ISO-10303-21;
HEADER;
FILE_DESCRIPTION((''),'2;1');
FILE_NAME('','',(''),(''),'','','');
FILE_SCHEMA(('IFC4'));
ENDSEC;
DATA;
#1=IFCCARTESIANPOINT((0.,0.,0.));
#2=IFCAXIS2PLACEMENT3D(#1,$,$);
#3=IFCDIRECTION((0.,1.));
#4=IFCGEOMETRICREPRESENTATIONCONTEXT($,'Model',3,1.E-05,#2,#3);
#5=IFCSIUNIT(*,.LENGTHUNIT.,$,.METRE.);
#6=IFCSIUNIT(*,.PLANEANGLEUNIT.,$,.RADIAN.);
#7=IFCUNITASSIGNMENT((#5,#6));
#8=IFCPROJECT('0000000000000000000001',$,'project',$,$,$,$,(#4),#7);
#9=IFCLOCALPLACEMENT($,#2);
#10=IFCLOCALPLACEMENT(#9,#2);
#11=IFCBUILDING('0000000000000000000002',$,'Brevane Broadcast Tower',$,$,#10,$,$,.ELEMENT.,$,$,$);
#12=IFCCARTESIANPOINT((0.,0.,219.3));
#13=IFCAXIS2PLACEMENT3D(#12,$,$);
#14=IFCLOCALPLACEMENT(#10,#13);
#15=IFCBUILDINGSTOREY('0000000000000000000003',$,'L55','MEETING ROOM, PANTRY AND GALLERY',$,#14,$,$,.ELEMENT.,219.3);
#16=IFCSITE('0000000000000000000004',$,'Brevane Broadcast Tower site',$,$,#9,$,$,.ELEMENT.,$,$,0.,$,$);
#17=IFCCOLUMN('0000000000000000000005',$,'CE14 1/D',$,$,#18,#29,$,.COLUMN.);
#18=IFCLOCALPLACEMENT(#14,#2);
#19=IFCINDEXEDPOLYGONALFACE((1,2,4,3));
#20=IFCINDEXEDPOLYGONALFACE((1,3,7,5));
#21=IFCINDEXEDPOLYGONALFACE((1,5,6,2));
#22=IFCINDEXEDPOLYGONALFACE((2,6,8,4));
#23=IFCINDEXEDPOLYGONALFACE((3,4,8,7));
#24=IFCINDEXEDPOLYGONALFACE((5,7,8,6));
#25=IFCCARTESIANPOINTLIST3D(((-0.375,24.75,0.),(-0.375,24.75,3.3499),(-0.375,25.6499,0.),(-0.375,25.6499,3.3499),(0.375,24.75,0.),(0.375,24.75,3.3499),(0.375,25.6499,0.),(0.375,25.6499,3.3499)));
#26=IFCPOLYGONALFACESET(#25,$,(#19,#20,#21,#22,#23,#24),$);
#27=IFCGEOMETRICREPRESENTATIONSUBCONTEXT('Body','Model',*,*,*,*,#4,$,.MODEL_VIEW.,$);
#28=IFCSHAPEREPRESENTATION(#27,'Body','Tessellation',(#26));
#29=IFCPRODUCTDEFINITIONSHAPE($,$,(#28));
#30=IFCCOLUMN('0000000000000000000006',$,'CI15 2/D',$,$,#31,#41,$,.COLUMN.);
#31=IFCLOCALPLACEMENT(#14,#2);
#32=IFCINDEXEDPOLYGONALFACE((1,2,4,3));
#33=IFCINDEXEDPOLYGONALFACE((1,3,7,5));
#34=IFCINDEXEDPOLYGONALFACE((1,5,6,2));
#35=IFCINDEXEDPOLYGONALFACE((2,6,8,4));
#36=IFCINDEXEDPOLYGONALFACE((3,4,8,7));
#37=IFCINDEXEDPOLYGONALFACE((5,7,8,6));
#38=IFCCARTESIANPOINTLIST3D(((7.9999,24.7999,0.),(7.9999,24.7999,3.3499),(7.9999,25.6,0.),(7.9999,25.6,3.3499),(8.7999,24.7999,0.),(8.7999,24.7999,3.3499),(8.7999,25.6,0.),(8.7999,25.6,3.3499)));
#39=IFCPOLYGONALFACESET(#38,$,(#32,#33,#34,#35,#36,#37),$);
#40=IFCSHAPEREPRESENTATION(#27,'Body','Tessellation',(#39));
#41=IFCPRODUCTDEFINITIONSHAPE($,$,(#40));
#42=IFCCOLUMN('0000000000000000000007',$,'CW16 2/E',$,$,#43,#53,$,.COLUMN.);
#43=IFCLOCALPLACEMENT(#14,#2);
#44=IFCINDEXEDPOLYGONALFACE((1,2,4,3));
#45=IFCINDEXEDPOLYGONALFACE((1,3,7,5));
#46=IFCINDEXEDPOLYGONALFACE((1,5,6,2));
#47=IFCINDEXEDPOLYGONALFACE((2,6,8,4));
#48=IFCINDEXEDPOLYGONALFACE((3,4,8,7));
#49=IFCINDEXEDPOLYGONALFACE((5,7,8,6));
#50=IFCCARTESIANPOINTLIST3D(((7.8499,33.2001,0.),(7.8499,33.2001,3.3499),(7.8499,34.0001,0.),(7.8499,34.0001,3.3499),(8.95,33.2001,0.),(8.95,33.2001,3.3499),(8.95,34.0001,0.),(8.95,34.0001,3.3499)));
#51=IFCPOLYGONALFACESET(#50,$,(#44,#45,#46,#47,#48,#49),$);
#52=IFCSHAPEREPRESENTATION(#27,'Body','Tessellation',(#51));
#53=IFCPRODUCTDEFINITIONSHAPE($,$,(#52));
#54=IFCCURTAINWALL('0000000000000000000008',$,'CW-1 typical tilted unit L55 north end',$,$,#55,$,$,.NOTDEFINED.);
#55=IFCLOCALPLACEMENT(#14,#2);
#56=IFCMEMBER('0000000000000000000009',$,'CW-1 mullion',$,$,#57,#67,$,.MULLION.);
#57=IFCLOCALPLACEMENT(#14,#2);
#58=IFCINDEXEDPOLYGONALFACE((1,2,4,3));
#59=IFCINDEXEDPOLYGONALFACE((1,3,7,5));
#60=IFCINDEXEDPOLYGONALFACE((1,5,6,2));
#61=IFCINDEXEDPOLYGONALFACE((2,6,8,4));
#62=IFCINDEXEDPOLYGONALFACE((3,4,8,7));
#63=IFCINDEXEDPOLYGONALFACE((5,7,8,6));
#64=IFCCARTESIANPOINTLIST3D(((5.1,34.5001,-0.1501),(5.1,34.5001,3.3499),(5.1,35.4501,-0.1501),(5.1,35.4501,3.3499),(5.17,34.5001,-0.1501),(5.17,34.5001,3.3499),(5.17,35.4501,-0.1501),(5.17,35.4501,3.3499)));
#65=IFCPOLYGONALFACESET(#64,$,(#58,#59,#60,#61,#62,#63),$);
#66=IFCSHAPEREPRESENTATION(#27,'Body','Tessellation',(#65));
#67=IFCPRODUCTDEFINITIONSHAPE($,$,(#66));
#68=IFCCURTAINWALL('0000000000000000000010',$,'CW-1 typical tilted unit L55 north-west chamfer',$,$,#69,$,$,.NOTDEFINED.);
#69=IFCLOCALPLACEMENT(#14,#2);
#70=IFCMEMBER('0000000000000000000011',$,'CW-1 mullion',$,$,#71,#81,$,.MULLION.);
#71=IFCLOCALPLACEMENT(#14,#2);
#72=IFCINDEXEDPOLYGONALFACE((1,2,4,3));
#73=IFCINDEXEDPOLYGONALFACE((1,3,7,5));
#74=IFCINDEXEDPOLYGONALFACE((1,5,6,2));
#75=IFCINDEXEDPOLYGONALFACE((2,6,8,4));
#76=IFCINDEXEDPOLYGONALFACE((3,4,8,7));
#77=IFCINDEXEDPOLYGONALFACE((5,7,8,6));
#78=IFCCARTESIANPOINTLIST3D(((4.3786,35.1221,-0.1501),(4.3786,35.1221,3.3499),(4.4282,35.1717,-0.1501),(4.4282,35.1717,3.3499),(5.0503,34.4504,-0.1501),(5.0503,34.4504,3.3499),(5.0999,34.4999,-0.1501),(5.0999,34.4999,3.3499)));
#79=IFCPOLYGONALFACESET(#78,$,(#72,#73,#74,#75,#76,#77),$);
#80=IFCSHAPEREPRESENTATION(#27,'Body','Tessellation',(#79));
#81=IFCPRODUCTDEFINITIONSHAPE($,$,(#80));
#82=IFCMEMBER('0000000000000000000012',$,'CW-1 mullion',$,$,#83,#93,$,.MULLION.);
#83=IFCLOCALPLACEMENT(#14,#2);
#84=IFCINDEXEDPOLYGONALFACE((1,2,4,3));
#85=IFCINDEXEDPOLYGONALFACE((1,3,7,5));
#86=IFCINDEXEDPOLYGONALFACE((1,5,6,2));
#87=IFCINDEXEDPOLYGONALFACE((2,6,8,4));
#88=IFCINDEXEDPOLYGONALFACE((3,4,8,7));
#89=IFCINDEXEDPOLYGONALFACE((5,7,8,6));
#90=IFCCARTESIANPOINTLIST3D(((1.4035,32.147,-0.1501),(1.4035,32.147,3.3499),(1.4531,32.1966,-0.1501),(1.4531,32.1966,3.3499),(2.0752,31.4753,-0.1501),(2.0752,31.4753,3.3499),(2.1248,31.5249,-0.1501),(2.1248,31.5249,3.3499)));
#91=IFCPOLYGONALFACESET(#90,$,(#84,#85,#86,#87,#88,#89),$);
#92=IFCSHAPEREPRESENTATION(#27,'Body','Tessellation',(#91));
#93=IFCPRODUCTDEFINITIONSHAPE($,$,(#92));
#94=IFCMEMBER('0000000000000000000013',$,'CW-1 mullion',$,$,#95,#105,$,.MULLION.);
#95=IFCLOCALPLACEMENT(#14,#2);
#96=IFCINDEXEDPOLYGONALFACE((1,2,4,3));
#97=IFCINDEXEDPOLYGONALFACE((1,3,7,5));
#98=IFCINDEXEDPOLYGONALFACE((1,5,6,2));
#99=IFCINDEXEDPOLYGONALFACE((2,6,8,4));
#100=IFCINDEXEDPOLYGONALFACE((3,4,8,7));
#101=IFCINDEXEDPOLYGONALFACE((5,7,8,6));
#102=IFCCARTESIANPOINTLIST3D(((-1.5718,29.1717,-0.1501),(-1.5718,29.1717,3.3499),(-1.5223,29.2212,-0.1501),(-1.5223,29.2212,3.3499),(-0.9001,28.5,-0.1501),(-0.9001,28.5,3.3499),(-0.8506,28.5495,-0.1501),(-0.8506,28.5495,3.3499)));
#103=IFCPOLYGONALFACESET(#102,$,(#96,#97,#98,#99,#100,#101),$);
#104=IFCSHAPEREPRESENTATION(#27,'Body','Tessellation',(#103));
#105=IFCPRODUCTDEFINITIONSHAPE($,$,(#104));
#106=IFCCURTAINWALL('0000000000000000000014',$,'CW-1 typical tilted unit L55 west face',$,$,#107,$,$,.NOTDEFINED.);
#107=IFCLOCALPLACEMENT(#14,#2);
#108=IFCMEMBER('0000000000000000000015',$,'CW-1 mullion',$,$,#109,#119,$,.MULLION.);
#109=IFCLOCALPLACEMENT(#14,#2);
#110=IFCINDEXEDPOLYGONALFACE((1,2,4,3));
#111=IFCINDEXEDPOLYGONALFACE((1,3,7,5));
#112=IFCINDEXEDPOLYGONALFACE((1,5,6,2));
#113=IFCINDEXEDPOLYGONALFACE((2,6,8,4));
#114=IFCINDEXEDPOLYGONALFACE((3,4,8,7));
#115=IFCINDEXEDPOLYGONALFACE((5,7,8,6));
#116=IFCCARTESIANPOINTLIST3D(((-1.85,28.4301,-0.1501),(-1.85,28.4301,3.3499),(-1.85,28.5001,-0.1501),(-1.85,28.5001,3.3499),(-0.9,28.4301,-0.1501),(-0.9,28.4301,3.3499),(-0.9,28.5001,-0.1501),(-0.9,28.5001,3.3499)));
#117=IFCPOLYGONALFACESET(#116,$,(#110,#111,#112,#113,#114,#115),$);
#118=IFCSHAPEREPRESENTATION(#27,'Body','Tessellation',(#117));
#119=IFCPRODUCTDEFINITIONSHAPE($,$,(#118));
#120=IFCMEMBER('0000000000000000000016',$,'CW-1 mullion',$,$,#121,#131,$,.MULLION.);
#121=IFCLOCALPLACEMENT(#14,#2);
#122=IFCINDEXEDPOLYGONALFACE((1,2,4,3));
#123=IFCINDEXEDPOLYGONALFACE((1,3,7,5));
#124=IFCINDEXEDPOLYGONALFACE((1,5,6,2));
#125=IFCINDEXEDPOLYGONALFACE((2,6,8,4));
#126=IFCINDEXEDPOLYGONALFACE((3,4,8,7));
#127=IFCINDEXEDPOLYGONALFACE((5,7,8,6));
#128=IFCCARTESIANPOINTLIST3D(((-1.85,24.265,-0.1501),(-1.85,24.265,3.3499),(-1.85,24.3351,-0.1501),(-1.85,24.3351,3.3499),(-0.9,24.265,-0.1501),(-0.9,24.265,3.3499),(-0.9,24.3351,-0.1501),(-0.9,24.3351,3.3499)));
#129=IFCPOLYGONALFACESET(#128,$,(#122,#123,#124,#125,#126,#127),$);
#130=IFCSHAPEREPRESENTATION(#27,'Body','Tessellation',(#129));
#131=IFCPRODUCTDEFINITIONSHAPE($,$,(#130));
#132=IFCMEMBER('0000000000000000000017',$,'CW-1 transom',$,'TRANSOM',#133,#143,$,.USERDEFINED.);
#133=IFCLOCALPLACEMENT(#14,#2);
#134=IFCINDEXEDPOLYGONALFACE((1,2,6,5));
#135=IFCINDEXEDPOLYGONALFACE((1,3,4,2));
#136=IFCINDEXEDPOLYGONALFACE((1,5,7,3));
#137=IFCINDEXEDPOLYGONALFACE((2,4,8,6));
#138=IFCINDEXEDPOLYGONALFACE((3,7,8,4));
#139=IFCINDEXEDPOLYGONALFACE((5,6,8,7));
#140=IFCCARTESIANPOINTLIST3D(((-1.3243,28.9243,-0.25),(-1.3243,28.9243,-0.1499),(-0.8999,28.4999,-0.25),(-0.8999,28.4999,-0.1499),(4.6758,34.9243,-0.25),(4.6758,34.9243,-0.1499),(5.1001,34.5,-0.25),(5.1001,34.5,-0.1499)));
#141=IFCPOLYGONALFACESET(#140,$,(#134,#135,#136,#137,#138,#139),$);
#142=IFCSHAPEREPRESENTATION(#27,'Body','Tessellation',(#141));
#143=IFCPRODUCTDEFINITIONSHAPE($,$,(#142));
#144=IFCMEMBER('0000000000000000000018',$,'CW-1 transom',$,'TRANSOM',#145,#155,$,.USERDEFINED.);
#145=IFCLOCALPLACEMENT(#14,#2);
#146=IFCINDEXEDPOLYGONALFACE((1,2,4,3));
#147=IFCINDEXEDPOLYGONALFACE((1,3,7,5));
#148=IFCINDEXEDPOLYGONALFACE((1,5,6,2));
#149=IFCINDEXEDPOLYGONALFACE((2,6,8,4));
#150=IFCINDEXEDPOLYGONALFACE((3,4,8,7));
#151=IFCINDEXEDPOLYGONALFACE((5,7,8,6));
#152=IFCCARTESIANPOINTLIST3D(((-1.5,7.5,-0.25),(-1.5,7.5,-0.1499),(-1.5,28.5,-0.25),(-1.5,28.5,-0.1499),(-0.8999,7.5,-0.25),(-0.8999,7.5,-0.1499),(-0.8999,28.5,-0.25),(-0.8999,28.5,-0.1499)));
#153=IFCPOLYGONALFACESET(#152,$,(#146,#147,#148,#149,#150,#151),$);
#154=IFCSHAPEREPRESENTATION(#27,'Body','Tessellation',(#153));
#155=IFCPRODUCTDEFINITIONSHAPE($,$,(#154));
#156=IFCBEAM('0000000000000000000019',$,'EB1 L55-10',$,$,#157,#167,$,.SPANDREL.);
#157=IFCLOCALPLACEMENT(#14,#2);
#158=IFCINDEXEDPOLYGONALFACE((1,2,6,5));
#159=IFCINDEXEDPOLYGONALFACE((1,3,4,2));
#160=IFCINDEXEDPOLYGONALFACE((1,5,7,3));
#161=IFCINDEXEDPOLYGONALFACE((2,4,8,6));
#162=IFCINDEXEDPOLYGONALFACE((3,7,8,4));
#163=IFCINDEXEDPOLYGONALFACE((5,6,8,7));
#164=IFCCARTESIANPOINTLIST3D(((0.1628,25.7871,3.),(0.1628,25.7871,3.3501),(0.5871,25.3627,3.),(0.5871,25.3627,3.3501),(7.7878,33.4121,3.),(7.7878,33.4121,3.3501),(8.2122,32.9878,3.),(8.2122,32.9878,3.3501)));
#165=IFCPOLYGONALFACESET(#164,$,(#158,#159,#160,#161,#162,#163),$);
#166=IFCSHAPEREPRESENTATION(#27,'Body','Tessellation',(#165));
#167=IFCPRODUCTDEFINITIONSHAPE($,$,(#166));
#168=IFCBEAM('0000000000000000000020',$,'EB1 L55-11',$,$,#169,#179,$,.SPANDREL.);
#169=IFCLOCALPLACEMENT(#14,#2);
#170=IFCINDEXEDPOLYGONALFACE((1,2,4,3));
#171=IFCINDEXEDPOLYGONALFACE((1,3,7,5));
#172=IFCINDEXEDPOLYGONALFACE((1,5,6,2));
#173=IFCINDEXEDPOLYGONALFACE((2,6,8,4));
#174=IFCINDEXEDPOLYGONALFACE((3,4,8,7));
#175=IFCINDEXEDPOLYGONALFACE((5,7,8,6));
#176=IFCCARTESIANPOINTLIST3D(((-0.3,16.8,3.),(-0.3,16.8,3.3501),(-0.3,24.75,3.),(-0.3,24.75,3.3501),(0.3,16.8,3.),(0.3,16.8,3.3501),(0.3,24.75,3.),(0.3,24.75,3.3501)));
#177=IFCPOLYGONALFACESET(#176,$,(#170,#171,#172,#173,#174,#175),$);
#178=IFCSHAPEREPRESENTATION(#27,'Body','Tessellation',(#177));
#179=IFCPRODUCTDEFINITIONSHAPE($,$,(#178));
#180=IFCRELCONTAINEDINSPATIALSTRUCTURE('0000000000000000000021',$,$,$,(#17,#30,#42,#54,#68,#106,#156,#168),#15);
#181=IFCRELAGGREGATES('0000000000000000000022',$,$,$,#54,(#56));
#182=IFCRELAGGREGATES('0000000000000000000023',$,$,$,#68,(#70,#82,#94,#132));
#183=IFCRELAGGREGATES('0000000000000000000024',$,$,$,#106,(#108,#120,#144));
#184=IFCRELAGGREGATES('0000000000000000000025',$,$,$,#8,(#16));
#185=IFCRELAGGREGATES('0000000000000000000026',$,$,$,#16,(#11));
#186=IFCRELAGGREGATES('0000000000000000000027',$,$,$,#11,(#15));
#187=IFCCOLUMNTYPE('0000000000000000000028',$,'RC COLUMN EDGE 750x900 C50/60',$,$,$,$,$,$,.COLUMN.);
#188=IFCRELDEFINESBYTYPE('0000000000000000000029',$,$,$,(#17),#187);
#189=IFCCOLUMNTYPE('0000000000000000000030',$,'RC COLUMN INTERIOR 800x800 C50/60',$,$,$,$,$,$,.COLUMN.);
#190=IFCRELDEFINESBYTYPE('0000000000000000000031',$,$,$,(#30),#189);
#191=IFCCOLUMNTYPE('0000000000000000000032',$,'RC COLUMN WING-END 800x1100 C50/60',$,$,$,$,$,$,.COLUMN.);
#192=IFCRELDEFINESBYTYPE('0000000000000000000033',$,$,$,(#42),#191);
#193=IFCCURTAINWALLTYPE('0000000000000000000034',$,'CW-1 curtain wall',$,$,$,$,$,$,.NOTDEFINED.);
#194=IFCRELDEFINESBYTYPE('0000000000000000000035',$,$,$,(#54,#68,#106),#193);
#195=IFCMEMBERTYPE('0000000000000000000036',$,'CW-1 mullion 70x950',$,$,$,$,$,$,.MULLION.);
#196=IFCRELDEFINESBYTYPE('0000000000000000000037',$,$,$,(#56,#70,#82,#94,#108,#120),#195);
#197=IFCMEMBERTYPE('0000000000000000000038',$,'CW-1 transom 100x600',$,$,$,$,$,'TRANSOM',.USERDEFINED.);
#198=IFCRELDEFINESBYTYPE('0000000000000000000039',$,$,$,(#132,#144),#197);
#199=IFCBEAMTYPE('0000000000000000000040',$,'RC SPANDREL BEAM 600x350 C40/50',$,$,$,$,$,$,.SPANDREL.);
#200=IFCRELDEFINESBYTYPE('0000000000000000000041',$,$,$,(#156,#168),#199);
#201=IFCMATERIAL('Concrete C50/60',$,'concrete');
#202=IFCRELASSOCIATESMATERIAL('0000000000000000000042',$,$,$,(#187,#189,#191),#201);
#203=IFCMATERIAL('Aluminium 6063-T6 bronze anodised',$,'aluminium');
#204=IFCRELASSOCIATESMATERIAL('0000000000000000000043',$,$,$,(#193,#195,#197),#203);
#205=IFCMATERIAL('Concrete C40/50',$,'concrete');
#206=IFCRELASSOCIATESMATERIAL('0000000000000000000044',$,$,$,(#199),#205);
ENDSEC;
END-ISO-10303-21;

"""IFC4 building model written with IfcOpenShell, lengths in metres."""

from ifc_helpers import new_model, si_unit, direction, frame, origin, origin_2d, place, context, subcontext, project, spatial, rectangle, extrude, material, material_profile, profile_set, type_object, element, aggregate, save


model = new_model("IFC4")

# Units and contexts
model_context = context("Model", 3, precision=1e-05, world=origin(), true_north=direction((0.0, 1.0)))
body_context = subcontext(model_context, "Body", "Model", "MODEL_VIEW")
ifc_project = project(units=[si_unit("LENGTHUNIT", "METRE"), si_unit("PLANEANGLEUNIT", "RADIAN")], contexts=[model_context])

# Site, building, storey
site_placement = place(None, origin())
site = spatial("IfcSite", under=ifc_project, at=site_placement, Name="Brevane Broadcast Tower site", CompositionType="ELEMENT", RefElevation=0.0)
building_placement = place(site_placement, origin())
building = spatial("IfcBuilding", under=site, at=building_placement, Name="Brevane Broadcast Tower", CompositionType="ELEMENT")
storey_placement = place(building_placement, frame((0.0, 0.0, 219.3)))
storey = spatial("IfcBuildingStorey", under=building, at=storey_placement, Name="L55", Description="MEETING ROOM, PANTRY AND GALLERY", CompositionType="ELEMENT", Elevation=219.3)

# Columns
ifc_material_1 = material(Name="Concrete C50/60", Category="concrete")
ifc_material_profile_1 = material_profile(ifc_material_1, rectangle(XDim=0.75, YDim=0.8999, at=origin_2d()), Name="RC 750x900")
ifc_profile_set_1 = profile_set([ifc_material_profile_1], Name="Concrete C50/60")
column_type_1 = type_object("IfcColumnType", Name="RC COLUMN EDGE 750x900 C50/60", PredefinedType="COLUMN", material=ifc_profile_set_1)
column_1_placement = place(storey_placement, frame((0.0, 25.2, 0.0), z_axis=(0.0, 0.0, 1.0), x_axis=(1.0, 0.0, 0.0)))
element("IfcColumn", 1, at=column_1_placement, inside=storey, type_object=column_type_1, Name="CE14 1/D", PredefinedType="COLUMN", context=body_context, shape_type="SweptSolid", body=[
    extrude(rectangle(XDim=0.75, YDim=0.8999, at=origin_2d()), origin(), (0.0, 0.0, 1.0), 3.3499),
])
ifc_material_profile_2 = material_profile(ifc_material_1, rectangle(XDim=0.8, YDim=0.8, at=origin_2d()), Name="RC 800x800")
ifc_profile_set_2 = profile_set([ifc_material_profile_2], Name="Concrete C50/60")
column_type_2 = type_object("IfcColumnType", Name="RC COLUMN INTERIOR 800x800 C50/60", PredefinedType="COLUMN", material=ifc_profile_set_2)
column_2_placement = place(storey_placement, frame((8.3999, 25.2, 0.0), z_axis=(0.0, 0.0, 1.0), x_axis=(1.0, 0.0, 0.0)))
element("IfcColumn", 2, at=column_2_placement, inside=storey, type_object=column_type_2, Name="CI15 2/D", PredefinedType="COLUMN", context=body_context, shape_type="SweptSolid", body=[
    extrude(rectangle(XDim=0.8, YDim=0.8, at=origin_2d()), origin(), (0.0, 0.0, 1.0), 3.3499),
])
ifc_material_profile_3 = material_profile(ifc_material_1, rectangle(XDim=0.8, YDim=1.1001, at=origin_2d()), Name="RC 800x1100")
ifc_profile_set_3 = profile_set([ifc_material_profile_3], Name="Concrete C50/60")
column_type_3 = type_object("IfcColumnType", Name="RC COLUMN WING-END 800x1100 C50/60", PredefinedType="COLUMN", material=ifc_profile_set_3)
column_3_placement = place(storey_placement, frame((8.3999, 33.6001, 0.0), z_axis=(0.0, 0.0, 1.0), x_axis=(0.0, 1.0, 0.0)))
element("IfcColumn", 3, at=column_3_placement, inside=storey, type_object=column_type_3, Name="CW16 2/E", PredefinedType="COLUMN", context=body_context, shape_type="SweptSolid", body=[
    extrude(rectangle(XDim=0.8, YDim=1.1001, at=origin_2d()), origin(), (0.0, 0.0, 1.0), 3.3499),
])

# Curtain wall, member
ifc_material_2 = material(Name="Aluminium 6063-T6 bronze anodised", Category="aluminium")
curtain_wall_type = type_object("IfcCurtainWallType", Name="CW-1 curtain wall", PredefinedType="NOTDEFINED", material=ifc_material_2)
curtain_wall_1_placement = place(storey_placement, origin())
curtain_wall_1 = element("IfcCurtainWall", 4, at=curtain_wall_1_placement, inside=storey, type_object=curtain_wall_type, Name="CW-1 typical tilted unit L55 north end", PredefinedType="NOTDEFINED")
ifc_material_profile_4 = material_profile(ifc_material_2, rectangle(XDim=0.95, YDim=0.0701, at=origin_2d()), Name="RECT 70x950")
ifc_profile_set_4 = profile_set([ifc_material_profile_4], Name="Aluminium 6063-T6 bronze anodised")
member_type_1 = type_object("IfcMemberType", Name="CW-1 mullion 70x950", PredefinedType="MULLION", material=ifc_profile_set_4)
member_1_placement = place(storey_placement, frame((5.135, 34.9751, -0.1501), z_axis=(0.0, 0.0, 1.0), x_axis=(0.0, -1.0, 0.0)))
member_1 = element("IfcMember", 5, at=member_1_placement, type_object=member_type_1, Name="CW-1 mullion", PredefinedType="MULLION", context=body_context, shape_type="SweptSolid", body=[
    extrude(rectangle(XDim=0.95, YDim=0.0701, at=origin_2d()), origin(), (0.0, 0.0, 1.0), 3.5),
])
aggregate(curtain_wall_1, [member_1])

# Curtain walls, members
curtain_wall_2_placement = place(storey_placement, origin())
curtain_wall_2 = element("IfcCurtainWall", 6, at=curtain_wall_2_placement, inside=storey, type_object=curtain_wall_type, Name="CW-1 typical tilted unit L55 north-west chamfer", PredefinedType="NOTDEFINED")
member_2_placement = place(storey_placement, frame((4.7393, 34.811, -0.1501), z_axis=(0.0, 0.0, 1.0), x_axis=(0.707107, -0.707107, 0.0)))
member_2 = element("IfcMember", 7, at=member_2_placement, type_object=member_type_1, Name="CW-1 mullion", PredefinedType="MULLION", context=body_context, shape_type="SweptSolid", body=[
    extrude(rectangle(XDim=0.95, YDim=0.0701, at=origin_2d()), origin(), (0.0, 0.0, 1.0), 3.5),
])
member_3_placement = place(storey_placement, frame((1.7642, 31.8359, -0.1501), z_axis=(0.0, 0.0, 1.0), x_axis=(0.707107, -0.707107, 0.0)))
member_3 = element("IfcMember", 8, at=member_3_placement, type_object=member_type_1, Name="CW-1 mullion", PredefinedType="MULLION", context=body_context, shape_type="SweptSolid", body=[
    extrude(rectangle(XDim=0.95, YDim=0.0701, at=origin_2d()), origin(), (0.0, 0.0, 1.0), 3.5),
])
member_4_placement = place(storey_placement, frame((-1.2112, 28.8606, -0.1501), z_axis=(0.0, 0.0, 1.0), x_axis=(0.707107, -0.707107, 0.0)))
member_4 = element("IfcMember", 9, at=member_4_placement, type_object=member_type_1, Name="CW-1 mullion", PredefinedType="MULLION", context=body_context, shape_type="SweptSolid", body=[
    extrude(rectangle(XDim=0.95, YDim=0.0701, at=origin_2d()), origin(), (0.0, 0.0, 1.0), 3.5),
])
curtain_wall_3_placement = place(storey_placement, origin())
curtain_wall_3 = element("IfcCurtainWall", 10, at=curtain_wall_3_placement, inside=storey, type_object=curtain_wall_type, Name="CW-1 typical tilted unit L55 west face", PredefinedType="NOTDEFINED")
member_5_placement = place(storey_placement, frame((-1.375, 28.4651, -0.1501), z_axis=(0.0, 0.0, 1.0), x_axis=(1.0, 0.0, 0.0)))
member_5 = element("IfcMember", 11, at=member_5_placement, type_object=member_type_1, Name="CW-1 mullion", PredefinedType="MULLION", context=body_context, shape_type="SweptSolid", body=[
    extrude(rectangle(XDim=0.95, YDim=0.0701, at=origin_2d()), origin(), (0.0, 0.0, 1.0), 3.5),
])
member_6_placement = place(storey_placement, frame((-1.375, 24.3, -0.1501), z_axis=(0.0, 0.0, 1.0), x_axis=(1.0, 0.0, 0.0)))
member_6 = element("IfcMember", 12, at=member_6_placement, type_object=member_type_1, Name="CW-1 mullion", PredefinedType="MULLION", context=body_context, shape_type="SweptSolid", body=[
    extrude(rectangle(XDim=0.95, YDim=0.0701, at=origin_2d()), origin(), (0.0, 0.0, 1.0), 3.5),
])

# Members
ifc_material_profile_5 = material_profile(ifc_material_2, rectangle(XDim=0.6001, YDim=0.1001, at=origin_2d()), Name="RECT 100x600")
ifc_profile_set_5 = profile_set([ifc_material_profile_5], Name="Aluminium 6063-T6 bronze anodised")
member_type_2 = type_object("IfcMemberType", Name="CW-1 transom 100x600", ElementType="TRANSOM", PredefinedType="USERDEFINED", material=ifc_profile_set_5)
member_7_placement = place(storey_placement, frame((4.8879, 34.7122, -0.2), z_axis=(-0.707107, -0.707107, 0.0), x_axis=(0.707107, -0.707107, 0.0)))
member_7 = element("IfcMember", 13, at=member_7_placement, type_object=member_type_2, Name="CW-1 transom", ObjectType="TRANSOM", PredefinedType="USERDEFINED", context=body_context, shape_type="SweptSolid", body=[
    extrude(rectangle(XDim=0.6001, YDim=0.1001, at=origin_2d()), origin(), (0.0, 0.0, 1.0), 8.4854),
])
aggregate(curtain_wall_2, [member_2, member_3, member_4, member_7])
member_8_placement = place(storey_placement, frame((-1.2, 28.5, -0.2), z_axis=(0.0, -1.0, 0.0), x_axis=(1.0, 0.0, 0.0)))
member_8 = element("IfcMember", 14, at=member_8_placement, type_object=member_type_2, Name="CW-1 transom", ObjectType="TRANSOM", PredefinedType="USERDEFINED", context=body_context, shape_type="SweptSolid", body=[
    extrude(rectangle(XDim=0.6001, YDim=0.1001, at=origin_2d()), origin(), (0.0, 0.0, 1.0), 21.0),
])
aggregate(curtain_wall_3, [member_5, member_6, member_8])

# Beams
ifc_material_3 = material(Name="Concrete C40/50", Category="concrete")
ifc_material_profile_6 = material_profile(ifc_material_3, rectangle(XDim=0.6001, YDim=0.3501, at=origin_2d()), Name="RC 600x350")
ifc_profile_set_6 = profile_set([ifc_material_profile_6], Name="Concrete C40/50")
beam_type = type_object("IfcBeamType", Name="RC SPANDREL BEAM 600x350 C40/50", PredefinedType="SPANDREL", material=ifc_profile_set_6)
beam_1_placement = place(storey_placement, frame((8.0, 33.2, 3.175), z_axis=(-0.707107, -0.707107, 0.0), x_axis=(0.707107, -0.707107, 0.0)))
element("IfcBeam", 15, at=beam_1_placement, inside=storey, type_object=beam_type, Name="EB1 L55-10", PredefinedType="SPANDREL", context=body_context, shape_type="SweptSolid", body=[
    extrude(rectangle(XDim=0.6001, YDim=0.3501, at=origin_2d()), origin(), (0.0, 0.0, 1.0), 10.7834),
])
beam_2_placement = place(storey_placement, frame((0.0, 24.75, 3.175), z_axis=(0.0, -1.0, 0.0), x_axis=(1.0, 0.0, 0.0)))
element("IfcBeam", 16, at=beam_2_placement, inside=storey, type_object=beam_type, Name="EB1 L55-11", PredefinedType="SPANDREL", context=body_context, shape_type="SweptSolid", body=[
    extrude(rectangle(XDim=0.6001, YDim=0.3501, at=origin_2d()), origin(), (0.0, 0.0, 1.0), 7.95),
])

save(model, "model.ifc")
